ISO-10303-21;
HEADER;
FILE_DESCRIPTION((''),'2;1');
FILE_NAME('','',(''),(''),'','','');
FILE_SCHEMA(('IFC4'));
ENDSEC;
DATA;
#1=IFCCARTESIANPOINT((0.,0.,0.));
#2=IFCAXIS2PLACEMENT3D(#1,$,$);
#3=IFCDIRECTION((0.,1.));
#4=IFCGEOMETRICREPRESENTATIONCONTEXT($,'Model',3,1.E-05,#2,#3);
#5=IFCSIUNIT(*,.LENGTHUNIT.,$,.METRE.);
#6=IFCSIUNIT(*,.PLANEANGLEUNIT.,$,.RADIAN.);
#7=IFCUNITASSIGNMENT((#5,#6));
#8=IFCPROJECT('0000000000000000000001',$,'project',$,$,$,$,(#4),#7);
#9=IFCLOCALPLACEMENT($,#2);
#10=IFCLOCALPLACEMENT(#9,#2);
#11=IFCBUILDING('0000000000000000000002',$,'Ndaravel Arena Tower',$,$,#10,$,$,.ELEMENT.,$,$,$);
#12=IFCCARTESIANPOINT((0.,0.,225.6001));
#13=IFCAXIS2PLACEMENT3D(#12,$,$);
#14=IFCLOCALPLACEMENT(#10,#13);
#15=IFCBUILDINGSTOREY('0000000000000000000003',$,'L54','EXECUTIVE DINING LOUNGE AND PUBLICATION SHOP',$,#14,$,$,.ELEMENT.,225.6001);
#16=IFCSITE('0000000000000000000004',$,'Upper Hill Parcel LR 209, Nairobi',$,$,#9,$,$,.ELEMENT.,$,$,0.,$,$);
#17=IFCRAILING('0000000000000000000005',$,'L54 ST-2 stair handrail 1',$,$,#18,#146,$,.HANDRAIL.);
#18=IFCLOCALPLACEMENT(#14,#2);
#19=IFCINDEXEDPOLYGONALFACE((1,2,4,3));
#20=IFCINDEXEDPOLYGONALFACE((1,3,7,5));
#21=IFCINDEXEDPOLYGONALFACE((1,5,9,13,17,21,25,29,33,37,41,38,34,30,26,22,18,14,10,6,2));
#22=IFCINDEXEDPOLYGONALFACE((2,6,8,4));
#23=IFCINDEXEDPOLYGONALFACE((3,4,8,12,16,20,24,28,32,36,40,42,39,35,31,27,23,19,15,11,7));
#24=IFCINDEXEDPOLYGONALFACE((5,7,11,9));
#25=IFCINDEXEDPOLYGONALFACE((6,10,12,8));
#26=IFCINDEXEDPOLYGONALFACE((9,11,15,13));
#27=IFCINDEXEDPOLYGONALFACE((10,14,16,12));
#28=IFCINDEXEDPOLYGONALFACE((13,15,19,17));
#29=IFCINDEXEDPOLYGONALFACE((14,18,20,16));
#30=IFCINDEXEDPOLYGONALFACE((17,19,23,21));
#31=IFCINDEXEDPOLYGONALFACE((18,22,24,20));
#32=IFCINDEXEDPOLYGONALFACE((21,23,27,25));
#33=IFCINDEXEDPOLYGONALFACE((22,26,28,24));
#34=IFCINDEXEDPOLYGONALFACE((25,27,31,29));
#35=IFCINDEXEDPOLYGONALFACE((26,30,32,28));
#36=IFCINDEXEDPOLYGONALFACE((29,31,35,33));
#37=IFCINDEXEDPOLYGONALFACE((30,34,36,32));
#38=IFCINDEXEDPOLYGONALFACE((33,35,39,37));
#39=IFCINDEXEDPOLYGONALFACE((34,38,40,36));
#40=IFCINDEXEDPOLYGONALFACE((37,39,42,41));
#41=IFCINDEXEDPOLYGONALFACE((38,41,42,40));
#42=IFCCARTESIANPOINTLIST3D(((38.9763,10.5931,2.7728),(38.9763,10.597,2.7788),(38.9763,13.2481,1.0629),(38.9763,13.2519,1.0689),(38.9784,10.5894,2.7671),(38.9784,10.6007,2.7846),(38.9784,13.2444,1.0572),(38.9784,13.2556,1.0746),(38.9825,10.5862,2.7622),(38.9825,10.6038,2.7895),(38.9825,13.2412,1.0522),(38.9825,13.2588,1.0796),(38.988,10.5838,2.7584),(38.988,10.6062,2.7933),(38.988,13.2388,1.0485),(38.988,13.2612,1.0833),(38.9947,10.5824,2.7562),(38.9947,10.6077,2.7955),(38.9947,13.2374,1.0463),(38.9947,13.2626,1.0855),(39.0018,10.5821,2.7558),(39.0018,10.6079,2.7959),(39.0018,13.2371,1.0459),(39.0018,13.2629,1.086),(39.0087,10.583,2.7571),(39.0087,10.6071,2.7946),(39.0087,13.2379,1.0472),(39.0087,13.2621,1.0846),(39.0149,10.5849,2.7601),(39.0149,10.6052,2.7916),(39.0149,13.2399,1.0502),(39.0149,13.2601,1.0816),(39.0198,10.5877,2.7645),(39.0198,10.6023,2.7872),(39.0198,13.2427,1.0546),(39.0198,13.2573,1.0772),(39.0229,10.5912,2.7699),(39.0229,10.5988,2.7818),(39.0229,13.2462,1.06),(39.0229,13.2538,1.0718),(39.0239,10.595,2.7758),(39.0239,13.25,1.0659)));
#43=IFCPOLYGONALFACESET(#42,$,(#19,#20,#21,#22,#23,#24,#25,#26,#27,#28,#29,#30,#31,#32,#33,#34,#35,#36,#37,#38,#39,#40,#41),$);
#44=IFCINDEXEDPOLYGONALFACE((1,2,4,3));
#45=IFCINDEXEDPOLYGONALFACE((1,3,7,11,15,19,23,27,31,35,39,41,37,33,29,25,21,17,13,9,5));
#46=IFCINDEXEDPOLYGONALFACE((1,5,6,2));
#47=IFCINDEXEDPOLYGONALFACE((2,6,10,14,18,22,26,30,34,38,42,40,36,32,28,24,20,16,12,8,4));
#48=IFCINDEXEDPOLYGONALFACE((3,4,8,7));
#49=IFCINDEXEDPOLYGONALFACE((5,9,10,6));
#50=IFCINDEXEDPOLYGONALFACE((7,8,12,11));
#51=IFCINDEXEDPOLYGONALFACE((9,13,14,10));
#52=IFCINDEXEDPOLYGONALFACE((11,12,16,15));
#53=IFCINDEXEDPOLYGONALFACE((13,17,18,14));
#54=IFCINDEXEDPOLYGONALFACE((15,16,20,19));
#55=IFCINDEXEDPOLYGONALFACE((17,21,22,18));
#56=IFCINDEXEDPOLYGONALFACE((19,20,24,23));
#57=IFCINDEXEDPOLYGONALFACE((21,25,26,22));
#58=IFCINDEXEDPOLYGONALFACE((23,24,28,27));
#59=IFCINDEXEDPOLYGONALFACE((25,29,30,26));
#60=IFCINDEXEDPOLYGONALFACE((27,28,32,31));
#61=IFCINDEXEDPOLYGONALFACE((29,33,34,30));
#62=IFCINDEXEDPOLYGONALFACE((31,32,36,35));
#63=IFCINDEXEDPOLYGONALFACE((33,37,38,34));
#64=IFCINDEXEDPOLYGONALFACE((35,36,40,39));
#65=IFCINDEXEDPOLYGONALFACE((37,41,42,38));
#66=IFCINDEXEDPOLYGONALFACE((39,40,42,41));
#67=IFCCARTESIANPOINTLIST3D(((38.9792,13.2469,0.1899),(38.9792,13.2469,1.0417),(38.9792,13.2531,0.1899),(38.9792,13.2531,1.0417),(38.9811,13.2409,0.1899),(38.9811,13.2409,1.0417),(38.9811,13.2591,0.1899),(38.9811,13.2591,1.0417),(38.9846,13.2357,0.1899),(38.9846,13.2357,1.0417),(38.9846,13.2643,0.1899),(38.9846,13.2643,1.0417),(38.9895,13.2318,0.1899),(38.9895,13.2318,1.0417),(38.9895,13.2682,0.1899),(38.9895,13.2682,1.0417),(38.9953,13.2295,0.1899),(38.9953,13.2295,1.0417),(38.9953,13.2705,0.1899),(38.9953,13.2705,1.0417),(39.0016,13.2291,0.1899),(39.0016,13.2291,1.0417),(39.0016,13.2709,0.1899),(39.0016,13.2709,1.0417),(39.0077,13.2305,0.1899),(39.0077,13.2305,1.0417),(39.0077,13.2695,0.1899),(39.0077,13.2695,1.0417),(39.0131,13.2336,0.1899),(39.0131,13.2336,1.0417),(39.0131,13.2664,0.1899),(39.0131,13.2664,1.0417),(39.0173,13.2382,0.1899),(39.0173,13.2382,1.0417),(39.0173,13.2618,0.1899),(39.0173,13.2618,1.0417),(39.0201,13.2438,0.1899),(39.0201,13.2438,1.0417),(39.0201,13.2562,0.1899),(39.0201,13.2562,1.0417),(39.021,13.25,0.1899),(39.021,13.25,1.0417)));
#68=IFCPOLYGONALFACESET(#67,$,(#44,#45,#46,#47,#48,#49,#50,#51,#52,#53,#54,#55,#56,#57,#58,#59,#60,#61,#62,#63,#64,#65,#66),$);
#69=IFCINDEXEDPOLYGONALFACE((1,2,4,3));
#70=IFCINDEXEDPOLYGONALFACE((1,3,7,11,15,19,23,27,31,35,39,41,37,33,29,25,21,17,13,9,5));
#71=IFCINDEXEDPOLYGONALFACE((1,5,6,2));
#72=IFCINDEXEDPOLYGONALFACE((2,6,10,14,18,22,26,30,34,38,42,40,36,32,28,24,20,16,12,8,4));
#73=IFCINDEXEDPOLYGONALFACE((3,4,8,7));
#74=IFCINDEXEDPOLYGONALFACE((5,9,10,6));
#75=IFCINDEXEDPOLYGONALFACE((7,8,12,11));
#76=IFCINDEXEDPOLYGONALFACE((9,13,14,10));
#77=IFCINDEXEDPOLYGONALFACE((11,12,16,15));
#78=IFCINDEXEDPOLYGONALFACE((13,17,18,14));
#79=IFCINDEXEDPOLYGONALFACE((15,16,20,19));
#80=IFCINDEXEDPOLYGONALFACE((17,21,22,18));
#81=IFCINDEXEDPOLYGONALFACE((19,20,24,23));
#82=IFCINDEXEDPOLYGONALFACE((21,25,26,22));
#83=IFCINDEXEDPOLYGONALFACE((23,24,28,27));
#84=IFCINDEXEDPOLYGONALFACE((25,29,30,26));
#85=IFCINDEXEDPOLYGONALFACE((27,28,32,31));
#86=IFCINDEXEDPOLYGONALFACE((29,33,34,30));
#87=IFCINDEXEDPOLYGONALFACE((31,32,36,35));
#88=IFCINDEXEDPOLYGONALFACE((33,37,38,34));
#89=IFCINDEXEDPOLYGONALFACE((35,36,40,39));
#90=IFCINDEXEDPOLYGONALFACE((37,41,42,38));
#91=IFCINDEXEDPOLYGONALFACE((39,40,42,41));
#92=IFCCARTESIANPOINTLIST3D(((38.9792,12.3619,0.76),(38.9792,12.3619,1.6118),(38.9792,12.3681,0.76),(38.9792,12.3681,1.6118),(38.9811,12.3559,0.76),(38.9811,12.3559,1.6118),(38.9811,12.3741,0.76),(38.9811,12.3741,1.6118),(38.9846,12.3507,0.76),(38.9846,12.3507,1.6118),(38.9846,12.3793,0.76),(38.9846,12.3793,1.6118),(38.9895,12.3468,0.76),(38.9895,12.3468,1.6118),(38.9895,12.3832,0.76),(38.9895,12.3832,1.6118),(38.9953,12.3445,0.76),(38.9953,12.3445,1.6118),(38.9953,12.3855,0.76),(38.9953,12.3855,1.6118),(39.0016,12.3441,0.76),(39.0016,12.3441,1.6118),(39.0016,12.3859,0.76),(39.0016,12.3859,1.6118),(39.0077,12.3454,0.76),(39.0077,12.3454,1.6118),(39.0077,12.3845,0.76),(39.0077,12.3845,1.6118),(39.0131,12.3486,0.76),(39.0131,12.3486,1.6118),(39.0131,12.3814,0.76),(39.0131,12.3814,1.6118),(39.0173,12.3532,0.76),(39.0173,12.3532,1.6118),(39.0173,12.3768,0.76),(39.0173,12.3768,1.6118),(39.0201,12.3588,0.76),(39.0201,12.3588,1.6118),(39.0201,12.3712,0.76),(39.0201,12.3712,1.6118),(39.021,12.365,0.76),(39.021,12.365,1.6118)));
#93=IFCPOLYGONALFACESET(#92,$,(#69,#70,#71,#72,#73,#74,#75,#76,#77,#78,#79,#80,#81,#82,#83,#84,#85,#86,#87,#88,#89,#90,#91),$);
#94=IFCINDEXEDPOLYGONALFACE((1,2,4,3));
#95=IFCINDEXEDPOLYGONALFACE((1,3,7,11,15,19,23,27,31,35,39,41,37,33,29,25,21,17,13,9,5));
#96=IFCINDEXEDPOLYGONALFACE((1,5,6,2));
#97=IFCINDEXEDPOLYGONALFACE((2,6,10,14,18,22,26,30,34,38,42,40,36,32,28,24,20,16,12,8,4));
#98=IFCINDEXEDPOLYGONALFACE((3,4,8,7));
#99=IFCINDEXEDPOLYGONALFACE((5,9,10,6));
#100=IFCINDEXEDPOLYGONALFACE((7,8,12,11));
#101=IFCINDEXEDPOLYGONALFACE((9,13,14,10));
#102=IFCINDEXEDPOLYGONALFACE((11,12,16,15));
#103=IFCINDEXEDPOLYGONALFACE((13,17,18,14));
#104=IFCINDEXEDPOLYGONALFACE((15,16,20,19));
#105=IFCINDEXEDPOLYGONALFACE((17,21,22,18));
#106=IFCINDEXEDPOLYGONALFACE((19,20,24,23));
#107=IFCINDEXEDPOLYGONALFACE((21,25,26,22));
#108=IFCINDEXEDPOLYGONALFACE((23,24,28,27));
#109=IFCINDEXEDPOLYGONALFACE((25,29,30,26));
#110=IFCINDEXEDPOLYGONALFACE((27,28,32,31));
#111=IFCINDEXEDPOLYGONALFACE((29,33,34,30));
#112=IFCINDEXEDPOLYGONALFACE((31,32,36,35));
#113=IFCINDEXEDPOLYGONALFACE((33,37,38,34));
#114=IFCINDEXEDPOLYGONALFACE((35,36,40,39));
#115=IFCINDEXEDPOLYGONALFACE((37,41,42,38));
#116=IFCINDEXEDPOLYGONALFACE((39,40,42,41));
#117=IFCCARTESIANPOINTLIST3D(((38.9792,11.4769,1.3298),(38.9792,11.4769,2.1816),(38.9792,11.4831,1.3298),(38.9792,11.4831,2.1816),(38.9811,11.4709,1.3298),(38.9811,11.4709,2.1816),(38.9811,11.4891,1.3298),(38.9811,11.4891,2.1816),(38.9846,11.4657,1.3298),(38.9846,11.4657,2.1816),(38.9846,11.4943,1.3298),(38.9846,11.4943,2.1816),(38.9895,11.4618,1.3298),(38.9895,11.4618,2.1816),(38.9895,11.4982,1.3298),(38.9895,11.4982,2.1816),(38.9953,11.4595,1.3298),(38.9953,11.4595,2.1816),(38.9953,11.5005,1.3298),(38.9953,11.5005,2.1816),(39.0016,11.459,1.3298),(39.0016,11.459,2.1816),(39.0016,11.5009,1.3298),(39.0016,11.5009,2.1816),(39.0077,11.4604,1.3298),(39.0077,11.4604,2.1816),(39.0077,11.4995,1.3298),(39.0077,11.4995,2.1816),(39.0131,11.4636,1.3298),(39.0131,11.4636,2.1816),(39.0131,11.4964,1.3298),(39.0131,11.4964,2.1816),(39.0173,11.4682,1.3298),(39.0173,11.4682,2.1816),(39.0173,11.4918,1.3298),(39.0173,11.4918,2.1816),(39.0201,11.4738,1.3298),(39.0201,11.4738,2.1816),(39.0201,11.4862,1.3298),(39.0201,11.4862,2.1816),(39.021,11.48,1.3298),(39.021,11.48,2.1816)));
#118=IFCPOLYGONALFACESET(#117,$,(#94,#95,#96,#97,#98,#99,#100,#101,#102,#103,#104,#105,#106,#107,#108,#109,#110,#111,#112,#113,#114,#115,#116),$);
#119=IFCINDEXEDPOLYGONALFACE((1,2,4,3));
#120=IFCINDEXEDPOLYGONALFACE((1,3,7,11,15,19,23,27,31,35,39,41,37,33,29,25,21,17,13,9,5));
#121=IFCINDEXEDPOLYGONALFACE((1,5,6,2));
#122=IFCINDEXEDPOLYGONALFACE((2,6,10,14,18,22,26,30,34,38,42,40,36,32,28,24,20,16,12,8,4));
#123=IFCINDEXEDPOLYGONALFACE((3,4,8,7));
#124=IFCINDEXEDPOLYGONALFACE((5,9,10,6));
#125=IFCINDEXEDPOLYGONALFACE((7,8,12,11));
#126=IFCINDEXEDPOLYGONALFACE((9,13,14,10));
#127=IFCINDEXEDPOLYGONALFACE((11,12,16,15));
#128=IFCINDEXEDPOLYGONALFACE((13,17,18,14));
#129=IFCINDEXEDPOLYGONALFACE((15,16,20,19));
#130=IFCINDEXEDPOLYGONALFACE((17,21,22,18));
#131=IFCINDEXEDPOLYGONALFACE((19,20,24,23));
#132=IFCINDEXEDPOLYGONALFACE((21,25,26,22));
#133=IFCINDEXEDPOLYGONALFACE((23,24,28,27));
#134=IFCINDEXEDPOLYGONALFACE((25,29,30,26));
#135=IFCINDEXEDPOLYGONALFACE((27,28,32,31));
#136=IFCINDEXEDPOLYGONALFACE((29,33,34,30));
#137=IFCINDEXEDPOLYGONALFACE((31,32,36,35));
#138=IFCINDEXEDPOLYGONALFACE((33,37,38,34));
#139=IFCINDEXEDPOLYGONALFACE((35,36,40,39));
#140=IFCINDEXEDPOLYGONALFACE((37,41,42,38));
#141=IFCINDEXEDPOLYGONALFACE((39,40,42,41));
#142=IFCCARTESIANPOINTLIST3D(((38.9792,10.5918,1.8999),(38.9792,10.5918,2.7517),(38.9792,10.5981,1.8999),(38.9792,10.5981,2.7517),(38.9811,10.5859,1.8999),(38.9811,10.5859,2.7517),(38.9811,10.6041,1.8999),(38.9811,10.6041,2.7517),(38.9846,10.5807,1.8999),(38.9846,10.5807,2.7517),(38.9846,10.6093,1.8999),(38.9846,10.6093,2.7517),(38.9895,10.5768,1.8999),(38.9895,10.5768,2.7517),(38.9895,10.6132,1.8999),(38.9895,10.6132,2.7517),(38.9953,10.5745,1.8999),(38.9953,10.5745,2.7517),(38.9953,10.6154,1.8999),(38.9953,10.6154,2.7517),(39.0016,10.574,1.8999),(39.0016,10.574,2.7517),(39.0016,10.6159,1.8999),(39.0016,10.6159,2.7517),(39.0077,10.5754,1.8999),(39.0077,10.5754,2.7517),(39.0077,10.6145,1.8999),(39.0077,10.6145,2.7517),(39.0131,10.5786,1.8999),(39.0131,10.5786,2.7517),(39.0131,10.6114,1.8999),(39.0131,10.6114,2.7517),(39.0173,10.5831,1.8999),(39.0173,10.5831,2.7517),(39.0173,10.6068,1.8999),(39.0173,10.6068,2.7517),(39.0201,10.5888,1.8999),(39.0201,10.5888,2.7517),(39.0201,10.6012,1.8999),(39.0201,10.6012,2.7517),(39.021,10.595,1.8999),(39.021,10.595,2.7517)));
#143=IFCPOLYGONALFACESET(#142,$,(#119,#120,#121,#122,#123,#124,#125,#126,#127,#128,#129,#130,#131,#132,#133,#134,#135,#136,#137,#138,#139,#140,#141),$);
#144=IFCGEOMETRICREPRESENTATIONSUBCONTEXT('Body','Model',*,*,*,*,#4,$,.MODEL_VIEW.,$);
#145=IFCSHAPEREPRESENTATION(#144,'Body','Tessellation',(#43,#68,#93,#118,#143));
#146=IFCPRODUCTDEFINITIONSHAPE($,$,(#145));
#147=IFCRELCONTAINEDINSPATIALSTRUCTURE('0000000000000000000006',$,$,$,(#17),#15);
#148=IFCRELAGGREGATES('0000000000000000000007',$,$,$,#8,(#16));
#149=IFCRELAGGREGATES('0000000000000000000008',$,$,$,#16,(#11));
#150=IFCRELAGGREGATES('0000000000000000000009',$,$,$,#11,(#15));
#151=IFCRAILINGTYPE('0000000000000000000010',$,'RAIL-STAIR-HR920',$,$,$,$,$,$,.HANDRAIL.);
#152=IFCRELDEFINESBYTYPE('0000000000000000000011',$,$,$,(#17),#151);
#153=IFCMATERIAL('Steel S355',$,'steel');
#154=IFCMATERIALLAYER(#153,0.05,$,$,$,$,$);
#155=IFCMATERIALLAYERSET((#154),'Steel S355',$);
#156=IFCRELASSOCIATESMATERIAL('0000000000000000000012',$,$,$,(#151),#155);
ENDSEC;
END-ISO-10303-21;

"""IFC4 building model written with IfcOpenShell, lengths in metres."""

from ifc_helpers import new_model, si_unit, direction, frame, origin, origin_2d, place, context, subcontext, project, spatial, circle, extrude, material, layer, layer_set, type_object, element, save


model = new_model("IFC4")

# Units and contexts
model_context = context("Model", 3, precision=1e-05, world=origin(), true_north=direction((0.0, 1.0)))
body_context = subcontext(model_context, "Body", "Model", "MODEL_VIEW")
ifc_project = project(units=[si_unit("LENGTHUNIT", "METRE"), si_unit("PLANEANGLEUNIT", "RADIAN")], contexts=[model_context])

# Site, building, storey
site_placement = place(None, origin())
site = spatial("IfcSite", under=ifc_project, at=site_placement, Name="Upper Hill Parcel LR 209, Nairobi", CompositionType="ELEMENT", RefElevation=0.0)
building_placement = place(site_placement, origin())
building = spatial("IfcBuilding", under=site, at=building_placement, Name="Ndaravel Arena Tower", CompositionType="ELEMENT")
storey_placement = place(building_placement, frame((0.0, 0.0, 225.6001)))
storey = spatial("IfcBuildingStorey", under=building, at=storey_placement, Name="L54", Description="EXECUTIVE DINING LOUNGE AND PUBLICATION SHOP", CompositionType="ELEMENT", Elevation=225.6001)

# Railing
ifc_material_1 = material(Name="Steel S355", Category="steel")
ifc_layer_1 = layer(ifc_material_1, 0.05)
ifc_layer_set_1 = layer_set([ifc_layer_1], Name="Steel S355")
railing_type_1 = type_object("IfcRailingType", Name="RAIL-STAIR-HR920", PredefinedType="HANDRAIL", material=ifc_layer_set_1)
railing_1_placement = place(storey_placement, frame((39.0, 13.25, 0.1899)))
element("IfcRailing", 1, at=railing_1_placement, inside=storey, type_object=railing_type_1, Name="L54 ST-2 stair handrail 1", PredefinedType="HANDRAIL", context=body_context, shape_type="SweptSolid", body=[
    extrude(circle(Radius=0.0239, at=origin_2d()), frame((0.0, 0.0, 0.876), z_axis=(0.0, -0.840724, 0.541465), x_axis=(1.0, 0.0, 0.0)), (0.0, 0.0, 1.0), 3.158),
    extrude(circle(Radius=0.021, at=origin_2d()), origin(), (0.0, 0.0, 1.0), 0.8518),
    extrude(circle(Radius=0.021, at=origin_2d()), frame((0.0, -0.885, 0.5701)), (0.0, 0.0, 1.0), 0.8518),
    extrude(circle(Radius=0.021, at=origin_2d()), frame((0.0, -1.77, 1.1399)), (0.0, 0.0, 1.0), 0.8518),
    extrude(circle(Radius=0.021, at=origin_2d()), frame((0.0, -2.655, 1.71)), (0.0, 0.0, 1.0), 0.8518),
])

save(model, "model.ifc")
